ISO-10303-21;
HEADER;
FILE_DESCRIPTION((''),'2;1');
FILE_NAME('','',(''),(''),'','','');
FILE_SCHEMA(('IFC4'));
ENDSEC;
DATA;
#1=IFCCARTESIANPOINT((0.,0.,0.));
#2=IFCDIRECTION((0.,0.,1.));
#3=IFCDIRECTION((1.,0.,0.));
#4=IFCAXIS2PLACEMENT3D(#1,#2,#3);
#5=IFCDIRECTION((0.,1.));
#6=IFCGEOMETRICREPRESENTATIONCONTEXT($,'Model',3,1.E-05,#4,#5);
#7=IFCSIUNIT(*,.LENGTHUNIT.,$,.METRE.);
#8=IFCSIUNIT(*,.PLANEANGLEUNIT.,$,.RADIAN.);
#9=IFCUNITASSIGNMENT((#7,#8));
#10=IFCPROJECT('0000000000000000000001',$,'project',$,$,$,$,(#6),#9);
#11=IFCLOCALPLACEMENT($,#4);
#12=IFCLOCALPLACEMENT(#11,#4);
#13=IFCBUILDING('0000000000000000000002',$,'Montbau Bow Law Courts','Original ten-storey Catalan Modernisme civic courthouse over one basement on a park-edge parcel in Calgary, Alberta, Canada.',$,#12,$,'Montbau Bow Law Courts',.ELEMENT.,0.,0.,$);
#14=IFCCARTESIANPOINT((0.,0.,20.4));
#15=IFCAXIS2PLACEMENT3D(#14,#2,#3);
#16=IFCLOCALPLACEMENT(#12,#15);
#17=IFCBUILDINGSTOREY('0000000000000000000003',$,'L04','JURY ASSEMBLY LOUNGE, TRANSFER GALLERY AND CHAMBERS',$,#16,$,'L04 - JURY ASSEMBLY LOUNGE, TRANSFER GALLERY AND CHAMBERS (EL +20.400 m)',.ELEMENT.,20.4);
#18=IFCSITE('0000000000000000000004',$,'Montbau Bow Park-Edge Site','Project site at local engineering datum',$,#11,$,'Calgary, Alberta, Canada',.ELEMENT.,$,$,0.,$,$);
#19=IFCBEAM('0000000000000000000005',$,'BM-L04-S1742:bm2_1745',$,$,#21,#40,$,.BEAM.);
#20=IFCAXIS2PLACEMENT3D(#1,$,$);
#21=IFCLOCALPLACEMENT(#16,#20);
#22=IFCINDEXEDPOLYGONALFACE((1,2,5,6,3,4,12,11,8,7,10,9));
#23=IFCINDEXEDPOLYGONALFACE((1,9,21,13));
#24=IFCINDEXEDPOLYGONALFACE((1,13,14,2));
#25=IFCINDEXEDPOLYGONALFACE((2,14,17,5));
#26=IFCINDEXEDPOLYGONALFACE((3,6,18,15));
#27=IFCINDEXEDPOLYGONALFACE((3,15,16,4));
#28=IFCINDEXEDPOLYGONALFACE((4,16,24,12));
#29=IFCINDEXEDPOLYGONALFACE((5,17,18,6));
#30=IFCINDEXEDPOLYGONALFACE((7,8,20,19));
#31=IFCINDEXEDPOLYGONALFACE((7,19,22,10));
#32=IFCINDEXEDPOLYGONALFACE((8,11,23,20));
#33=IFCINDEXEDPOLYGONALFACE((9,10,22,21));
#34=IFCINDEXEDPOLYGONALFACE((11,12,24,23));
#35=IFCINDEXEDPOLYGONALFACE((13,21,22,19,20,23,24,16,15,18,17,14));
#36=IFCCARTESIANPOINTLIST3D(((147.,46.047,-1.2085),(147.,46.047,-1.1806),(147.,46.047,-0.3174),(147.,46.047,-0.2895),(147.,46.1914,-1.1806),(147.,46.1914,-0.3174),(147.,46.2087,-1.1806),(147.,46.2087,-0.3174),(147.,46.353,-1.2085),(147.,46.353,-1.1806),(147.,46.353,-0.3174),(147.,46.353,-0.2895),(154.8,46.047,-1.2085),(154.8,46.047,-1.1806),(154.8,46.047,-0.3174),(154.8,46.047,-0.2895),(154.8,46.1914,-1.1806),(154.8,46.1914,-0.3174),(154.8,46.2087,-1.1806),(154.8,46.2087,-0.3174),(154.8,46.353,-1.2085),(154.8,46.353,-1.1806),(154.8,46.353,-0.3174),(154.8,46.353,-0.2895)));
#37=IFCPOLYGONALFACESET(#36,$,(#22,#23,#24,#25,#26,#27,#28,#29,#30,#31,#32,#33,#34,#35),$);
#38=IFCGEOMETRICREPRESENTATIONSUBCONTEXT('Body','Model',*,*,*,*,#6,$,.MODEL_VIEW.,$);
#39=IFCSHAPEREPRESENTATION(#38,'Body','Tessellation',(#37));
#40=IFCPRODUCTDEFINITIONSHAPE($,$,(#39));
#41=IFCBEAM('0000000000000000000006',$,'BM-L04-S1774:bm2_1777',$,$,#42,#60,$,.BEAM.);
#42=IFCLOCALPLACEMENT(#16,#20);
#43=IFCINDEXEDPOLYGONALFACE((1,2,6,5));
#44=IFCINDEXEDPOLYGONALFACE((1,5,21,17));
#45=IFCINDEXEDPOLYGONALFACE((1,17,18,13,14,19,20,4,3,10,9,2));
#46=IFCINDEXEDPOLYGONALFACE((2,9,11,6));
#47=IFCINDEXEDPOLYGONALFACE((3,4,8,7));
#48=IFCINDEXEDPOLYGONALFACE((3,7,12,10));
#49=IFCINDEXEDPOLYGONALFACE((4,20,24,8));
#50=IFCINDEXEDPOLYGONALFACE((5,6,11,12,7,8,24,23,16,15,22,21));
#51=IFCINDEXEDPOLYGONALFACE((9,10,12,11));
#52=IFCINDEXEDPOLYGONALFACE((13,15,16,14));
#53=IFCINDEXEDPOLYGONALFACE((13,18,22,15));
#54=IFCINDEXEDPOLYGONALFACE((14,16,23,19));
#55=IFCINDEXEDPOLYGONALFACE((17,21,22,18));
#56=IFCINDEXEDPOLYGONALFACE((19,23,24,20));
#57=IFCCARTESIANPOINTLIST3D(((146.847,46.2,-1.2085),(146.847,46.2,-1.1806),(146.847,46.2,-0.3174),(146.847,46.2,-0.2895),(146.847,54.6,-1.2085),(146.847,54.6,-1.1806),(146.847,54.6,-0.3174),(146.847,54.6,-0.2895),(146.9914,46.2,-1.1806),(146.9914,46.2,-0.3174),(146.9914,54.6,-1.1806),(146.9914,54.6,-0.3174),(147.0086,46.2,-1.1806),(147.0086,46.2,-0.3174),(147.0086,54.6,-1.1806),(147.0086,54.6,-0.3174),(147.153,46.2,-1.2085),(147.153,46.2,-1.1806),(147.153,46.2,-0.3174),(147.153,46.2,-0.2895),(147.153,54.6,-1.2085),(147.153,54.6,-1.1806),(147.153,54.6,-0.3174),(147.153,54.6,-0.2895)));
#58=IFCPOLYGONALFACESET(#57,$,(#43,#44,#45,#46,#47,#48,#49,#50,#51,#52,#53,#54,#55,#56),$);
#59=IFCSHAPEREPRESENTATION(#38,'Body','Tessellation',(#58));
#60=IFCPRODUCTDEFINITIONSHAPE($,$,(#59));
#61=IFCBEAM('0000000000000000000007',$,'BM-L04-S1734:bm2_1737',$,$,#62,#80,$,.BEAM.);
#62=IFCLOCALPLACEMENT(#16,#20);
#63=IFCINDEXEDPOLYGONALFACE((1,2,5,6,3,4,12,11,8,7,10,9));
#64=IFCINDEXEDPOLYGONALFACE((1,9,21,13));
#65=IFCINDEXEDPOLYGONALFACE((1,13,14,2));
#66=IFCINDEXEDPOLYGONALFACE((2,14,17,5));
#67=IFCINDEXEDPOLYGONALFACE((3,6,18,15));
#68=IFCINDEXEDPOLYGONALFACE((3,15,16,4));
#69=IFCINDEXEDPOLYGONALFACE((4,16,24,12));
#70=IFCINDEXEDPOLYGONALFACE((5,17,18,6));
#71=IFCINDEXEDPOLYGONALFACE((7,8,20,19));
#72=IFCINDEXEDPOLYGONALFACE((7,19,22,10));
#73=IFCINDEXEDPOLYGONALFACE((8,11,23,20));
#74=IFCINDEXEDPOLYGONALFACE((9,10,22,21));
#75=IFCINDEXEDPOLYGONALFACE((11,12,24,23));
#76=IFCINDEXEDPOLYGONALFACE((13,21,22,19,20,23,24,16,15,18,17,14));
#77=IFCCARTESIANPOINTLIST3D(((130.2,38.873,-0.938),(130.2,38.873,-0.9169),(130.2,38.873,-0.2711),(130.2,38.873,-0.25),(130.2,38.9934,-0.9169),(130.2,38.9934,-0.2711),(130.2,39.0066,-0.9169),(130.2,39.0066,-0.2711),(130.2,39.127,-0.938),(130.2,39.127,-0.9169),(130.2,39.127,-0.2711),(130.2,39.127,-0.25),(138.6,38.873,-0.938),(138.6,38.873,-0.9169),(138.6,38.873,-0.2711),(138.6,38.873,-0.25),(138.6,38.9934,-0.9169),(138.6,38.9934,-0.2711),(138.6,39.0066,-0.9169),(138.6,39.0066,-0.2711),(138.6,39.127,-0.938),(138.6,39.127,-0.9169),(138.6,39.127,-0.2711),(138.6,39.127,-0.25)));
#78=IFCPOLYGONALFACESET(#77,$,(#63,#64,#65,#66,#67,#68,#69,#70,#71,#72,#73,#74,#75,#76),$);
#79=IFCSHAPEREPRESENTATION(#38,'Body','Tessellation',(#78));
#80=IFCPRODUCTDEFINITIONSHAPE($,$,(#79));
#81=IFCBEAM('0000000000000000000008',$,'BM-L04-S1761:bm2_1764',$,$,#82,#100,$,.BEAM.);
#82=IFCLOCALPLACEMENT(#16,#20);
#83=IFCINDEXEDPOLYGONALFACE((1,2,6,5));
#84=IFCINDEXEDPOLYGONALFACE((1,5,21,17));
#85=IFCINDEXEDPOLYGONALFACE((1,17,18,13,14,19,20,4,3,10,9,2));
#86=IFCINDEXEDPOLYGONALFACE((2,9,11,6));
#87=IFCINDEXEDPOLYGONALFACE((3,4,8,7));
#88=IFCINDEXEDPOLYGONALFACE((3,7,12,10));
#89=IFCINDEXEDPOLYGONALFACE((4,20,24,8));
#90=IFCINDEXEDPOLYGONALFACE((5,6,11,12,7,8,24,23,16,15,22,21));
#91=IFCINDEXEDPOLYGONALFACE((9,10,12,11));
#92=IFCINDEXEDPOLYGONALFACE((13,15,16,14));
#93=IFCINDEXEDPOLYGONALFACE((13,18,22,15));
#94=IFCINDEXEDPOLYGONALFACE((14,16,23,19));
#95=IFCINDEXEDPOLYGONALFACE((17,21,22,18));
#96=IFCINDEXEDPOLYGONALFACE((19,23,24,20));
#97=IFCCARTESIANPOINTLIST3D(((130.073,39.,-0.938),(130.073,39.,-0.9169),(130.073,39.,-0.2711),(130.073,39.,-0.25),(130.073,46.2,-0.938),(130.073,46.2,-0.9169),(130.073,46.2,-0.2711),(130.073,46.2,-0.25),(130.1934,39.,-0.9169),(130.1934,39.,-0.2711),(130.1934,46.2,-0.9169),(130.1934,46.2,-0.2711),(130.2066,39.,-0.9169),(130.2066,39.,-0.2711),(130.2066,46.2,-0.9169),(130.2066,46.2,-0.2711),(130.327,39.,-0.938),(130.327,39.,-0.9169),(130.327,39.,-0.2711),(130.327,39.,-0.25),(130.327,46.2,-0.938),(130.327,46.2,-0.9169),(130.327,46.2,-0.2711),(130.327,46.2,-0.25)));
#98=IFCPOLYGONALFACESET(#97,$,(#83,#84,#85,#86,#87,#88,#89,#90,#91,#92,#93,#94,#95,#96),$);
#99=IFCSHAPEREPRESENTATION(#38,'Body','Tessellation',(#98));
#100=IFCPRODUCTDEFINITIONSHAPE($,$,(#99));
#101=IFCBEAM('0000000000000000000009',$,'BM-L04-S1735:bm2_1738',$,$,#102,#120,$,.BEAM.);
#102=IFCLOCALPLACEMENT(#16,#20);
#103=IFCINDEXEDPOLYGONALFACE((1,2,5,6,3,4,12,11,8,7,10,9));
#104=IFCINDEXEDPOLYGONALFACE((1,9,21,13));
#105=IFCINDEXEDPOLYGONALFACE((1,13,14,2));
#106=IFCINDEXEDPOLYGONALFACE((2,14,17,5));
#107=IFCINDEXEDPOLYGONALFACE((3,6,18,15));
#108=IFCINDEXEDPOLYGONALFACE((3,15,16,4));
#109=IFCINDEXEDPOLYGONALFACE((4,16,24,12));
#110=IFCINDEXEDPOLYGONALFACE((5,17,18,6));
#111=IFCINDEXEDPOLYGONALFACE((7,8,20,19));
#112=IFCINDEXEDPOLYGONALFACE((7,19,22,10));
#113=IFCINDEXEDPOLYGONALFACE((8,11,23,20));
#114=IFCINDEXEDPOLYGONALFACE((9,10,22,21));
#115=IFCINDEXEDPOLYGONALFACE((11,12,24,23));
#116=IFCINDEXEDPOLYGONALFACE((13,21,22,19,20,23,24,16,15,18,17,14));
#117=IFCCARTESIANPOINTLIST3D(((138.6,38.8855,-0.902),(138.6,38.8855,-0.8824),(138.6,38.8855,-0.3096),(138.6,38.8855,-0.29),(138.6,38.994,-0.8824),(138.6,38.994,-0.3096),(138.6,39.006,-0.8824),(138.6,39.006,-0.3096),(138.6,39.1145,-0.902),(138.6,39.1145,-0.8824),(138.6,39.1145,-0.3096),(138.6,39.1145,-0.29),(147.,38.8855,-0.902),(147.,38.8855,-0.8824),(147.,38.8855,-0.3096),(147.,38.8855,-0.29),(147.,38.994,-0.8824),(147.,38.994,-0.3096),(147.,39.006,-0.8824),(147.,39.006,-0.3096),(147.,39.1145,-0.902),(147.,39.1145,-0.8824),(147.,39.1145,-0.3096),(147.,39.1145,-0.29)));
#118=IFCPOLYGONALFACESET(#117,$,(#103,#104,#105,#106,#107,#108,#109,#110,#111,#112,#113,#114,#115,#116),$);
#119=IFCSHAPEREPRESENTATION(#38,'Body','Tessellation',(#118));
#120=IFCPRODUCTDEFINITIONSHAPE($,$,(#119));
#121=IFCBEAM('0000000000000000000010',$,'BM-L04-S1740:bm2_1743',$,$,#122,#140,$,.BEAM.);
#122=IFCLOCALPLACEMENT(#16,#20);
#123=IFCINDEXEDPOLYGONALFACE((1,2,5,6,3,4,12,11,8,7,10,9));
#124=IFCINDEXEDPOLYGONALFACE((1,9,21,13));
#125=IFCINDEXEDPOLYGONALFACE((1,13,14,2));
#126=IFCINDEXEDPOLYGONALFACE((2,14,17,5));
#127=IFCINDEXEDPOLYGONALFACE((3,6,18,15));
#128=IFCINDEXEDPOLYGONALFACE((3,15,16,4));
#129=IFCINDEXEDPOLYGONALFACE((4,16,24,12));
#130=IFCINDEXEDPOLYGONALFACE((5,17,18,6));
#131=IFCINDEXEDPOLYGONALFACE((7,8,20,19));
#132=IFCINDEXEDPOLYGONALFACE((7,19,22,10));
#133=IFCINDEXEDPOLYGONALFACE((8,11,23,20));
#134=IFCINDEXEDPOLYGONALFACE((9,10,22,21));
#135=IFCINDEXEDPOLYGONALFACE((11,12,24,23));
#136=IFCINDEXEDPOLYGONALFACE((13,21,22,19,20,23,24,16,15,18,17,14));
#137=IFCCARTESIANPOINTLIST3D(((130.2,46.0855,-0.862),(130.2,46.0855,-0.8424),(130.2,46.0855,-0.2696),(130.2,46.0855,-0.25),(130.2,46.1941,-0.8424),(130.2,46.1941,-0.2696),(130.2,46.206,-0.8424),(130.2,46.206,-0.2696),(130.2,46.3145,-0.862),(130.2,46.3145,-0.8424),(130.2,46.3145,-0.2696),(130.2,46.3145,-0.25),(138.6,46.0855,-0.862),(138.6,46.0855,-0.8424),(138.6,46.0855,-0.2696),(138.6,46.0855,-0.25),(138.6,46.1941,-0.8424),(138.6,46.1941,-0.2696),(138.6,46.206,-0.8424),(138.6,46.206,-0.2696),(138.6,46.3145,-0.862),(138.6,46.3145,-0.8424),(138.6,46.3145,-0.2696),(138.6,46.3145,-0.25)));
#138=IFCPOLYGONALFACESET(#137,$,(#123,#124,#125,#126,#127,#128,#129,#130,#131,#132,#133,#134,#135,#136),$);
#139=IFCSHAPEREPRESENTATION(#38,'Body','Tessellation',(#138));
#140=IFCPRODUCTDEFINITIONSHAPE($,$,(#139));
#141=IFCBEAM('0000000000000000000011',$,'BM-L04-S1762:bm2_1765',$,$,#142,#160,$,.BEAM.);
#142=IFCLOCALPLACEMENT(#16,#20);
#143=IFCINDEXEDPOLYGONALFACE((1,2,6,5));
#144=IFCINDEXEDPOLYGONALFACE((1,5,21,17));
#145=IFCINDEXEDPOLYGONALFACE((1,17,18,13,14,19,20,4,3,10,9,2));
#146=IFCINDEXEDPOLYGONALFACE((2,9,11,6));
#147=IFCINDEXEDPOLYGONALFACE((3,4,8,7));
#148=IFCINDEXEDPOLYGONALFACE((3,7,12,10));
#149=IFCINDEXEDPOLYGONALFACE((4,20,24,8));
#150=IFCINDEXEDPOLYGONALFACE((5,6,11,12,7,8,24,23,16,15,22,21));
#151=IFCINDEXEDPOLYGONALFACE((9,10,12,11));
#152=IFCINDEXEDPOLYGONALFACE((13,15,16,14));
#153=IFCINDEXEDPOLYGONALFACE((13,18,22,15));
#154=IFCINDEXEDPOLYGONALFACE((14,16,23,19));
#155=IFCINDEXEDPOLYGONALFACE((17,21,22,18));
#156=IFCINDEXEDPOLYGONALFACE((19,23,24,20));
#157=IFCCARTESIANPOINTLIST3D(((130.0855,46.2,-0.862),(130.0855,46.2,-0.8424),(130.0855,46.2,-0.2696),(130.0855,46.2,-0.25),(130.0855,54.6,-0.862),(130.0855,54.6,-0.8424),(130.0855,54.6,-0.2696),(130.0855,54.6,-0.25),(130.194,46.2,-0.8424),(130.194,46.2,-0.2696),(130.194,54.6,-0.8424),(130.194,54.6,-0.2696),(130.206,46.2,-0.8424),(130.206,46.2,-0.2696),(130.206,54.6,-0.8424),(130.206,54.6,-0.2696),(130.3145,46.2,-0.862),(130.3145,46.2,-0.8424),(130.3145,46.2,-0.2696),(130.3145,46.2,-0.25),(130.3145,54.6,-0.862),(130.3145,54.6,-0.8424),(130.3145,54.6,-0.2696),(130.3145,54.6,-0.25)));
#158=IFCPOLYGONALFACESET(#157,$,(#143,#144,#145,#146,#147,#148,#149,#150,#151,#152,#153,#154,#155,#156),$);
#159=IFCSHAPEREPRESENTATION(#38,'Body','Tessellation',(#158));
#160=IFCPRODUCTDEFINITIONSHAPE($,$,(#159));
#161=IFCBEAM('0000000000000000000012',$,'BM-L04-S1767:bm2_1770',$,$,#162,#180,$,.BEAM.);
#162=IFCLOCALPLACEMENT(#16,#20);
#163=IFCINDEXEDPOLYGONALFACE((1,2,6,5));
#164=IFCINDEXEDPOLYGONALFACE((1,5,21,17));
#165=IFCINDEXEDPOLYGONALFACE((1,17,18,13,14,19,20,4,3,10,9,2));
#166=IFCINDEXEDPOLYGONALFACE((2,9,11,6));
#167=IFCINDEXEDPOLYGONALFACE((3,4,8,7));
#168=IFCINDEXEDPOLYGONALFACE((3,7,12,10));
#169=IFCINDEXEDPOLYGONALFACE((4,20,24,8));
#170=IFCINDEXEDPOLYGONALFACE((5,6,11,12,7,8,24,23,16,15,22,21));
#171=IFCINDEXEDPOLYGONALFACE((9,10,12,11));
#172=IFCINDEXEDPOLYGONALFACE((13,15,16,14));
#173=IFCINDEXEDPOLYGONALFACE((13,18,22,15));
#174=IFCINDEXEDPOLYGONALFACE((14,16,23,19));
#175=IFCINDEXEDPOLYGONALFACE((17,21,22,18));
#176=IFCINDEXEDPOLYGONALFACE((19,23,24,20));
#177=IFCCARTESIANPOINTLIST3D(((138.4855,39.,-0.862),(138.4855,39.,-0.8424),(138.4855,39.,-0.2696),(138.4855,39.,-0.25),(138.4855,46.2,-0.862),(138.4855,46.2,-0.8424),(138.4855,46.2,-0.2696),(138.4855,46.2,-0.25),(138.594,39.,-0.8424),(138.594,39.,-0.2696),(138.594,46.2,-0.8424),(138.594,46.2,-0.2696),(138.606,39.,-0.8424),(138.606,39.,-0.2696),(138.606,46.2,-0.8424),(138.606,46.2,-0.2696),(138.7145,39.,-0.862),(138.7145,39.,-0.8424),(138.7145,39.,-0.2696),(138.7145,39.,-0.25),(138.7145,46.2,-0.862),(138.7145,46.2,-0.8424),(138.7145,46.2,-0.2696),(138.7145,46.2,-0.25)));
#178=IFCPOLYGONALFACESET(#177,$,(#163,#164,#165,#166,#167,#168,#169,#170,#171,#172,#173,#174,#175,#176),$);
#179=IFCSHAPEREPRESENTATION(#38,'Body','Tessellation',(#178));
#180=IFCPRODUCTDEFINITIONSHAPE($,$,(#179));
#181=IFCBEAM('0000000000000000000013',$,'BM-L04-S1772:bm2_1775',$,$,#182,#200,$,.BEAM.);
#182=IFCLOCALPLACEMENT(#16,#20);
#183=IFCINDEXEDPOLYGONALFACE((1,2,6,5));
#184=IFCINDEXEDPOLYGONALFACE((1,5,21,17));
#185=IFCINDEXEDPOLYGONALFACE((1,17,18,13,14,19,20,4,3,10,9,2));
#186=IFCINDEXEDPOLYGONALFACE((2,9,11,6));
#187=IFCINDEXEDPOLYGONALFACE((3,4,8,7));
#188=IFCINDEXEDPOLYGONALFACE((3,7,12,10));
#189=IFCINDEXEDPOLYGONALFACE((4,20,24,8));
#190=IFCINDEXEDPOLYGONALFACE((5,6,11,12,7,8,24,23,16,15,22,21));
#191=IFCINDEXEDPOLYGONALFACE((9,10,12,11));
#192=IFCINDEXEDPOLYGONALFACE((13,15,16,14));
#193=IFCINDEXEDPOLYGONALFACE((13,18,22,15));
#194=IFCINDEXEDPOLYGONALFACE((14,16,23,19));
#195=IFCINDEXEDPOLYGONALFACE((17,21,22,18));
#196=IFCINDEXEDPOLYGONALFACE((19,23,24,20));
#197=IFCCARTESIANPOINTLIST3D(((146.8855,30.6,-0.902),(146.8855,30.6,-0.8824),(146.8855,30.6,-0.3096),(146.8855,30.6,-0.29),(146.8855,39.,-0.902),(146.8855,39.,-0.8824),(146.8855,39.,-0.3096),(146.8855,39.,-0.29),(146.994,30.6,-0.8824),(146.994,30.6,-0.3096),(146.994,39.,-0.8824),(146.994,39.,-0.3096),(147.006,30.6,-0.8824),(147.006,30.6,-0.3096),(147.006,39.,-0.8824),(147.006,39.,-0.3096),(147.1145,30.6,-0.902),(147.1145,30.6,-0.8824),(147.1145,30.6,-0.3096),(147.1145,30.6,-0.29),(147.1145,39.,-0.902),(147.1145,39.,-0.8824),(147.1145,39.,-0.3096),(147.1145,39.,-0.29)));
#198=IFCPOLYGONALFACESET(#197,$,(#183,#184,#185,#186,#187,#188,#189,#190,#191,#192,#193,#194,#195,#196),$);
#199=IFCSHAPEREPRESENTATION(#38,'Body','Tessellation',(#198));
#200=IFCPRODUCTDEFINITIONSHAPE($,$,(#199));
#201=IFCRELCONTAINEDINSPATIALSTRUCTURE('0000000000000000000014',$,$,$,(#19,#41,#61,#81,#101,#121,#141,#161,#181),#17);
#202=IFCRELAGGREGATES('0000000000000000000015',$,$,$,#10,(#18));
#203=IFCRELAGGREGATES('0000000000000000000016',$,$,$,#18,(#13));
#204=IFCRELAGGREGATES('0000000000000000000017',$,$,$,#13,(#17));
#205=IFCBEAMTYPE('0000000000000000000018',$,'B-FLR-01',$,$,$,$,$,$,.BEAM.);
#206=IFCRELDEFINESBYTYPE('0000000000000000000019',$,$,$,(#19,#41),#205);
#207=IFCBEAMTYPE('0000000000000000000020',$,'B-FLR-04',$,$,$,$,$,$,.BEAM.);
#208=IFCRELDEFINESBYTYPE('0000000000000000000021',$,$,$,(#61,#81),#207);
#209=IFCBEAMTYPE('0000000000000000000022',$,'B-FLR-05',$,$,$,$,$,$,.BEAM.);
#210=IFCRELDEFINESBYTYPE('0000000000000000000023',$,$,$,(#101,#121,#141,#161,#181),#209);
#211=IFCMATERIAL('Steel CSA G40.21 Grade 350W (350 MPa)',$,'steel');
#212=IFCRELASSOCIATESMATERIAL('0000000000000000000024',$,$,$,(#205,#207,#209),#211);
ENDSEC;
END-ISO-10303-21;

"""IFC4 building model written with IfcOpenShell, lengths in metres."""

from ifc_helpers import new_model, si_unit, direction, frame, origin_with_axes, origin_2d_with_axis, place, context, subcontext, project, spatial, i_section, extrude, material, material_profile, profile_set, type_object, element, save


model = new_model("IFC4")

# Units and contexts
model_context = context("Model", 3, precision=1e-05, world=origin_with_axes(), true_north=direction((0.0, 1.0)))
body_context = subcontext(model_context, "Body", "Model", "MODEL_VIEW")
ifc_project = project(units=[si_unit("LENGTHUNIT", "METRE"), si_unit("PLANEANGLEUNIT", "RADIAN")], contexts=[model_context])

# Site, building, storey
site_placement = place(None, origin_with_axes())
site = spatial("IfcSite", under=ifc_project, at=site_placement, Name="Montbau Bow Park-Edge Site", Description="Project site at local engineering datum", LongName="Calgary, Alberta, Canada", CompositionType="ELEMENT", RefElevation=0.0)
building_placement = place(site_placement, origin_with_axes())
building = spatial("IfcBuilding", under=site, at=building_placement, Name="Montbau Bow Law Courts", Description="Original ten-storey Catalan Modernisme civic courthouse over one basement on a park-edge parcel in Calgary, Alberta, Canada.", LongName="Montbau Bow Law Courts", CompositionType="ELEMENT", ElevationOfRefHeight=0.0, ElevationOfTerrain=0.0)
storey_placement = place(building_placement, frame((0.0, 0.0, 20.4), z_axis=(0.0, 0.0, 1.0), x_axis=(1.0, 0.0, 0.0)))
storey = spatial("IfcBuildingStorey", under=building, at=storey_placement, Name="L04", Description="JURY ASSEMBLY LOUNGE, TRANSFER GALLERY AND CHAMBERS", LongName="L04 - JURY ASSEMBLY LOUNGE, TRANSFER GALLERY AND CHAMBERS (EL +20.400 m)", CompositionType="ELEMENT", Elevation=20.4)

# Beams
ifc_material_1 = material(Name="Steel CSA G40.21 Grade 350W (350 MPa)", Category="steel")
ifc_material_profile_1 = material_profile(ifc_material_1, i_section(OverallWidth=0.306, OverallDepth=0.919, WebThickness=0.0173, FlangeThickness=0.0279, at=origin_2d_with_axis()), Name="W920X253", Category="Main", Priority=0)
ifc_profile_set_1 = profile_set([ifc_material_profile_1], Name="Steel CSA G40.21 Grade 350W (350 MPa)")
beam_type_1 = type_object("IfcBeamType", Name="B-FLR-01", PredefinedType="BEAM", material=ifc_profile_set_1)
beam_1_placement = place(None, frame((147.0, 46.2, 19.651), z_axis=(1.0, 0.0, 0.0), x_axis=(0.0, 1.0, 0.0)))
element("IfcBeam", 1, at=beam_1_placement, inside=storey, type_object=beam_type_1, Name="BM-L04-S1742:bm2_1745", PredefinedType="BEAM", context=body_context, shape_type="SweptSolid", body=[
    extrude(i_section(OverallWidth=0.306, OverallDepth=0.919, WebThickness=0.0173, FlangeThickness=0.0279, at=origin_2d_with_axis()), origin_with_axes(), (0.0, 0.0, 1.0), 7.8),
])
beam_2_placement = place(None, frame((147.0, 46.2, 19.651), z_axis=(0.0, 1.0, 0.0), x_axis=(-1.0, 0.0, 0.0)))
element("IfcBeam", 2, at=beam_2_placement, inside=storey, type_object=beam_type_1, Name="BM-L04-S1774:bm2_1777", PredefinedType="BEAM", context=body_context, shape_type="SweptSolid", body=[
    extrude(i_section(OverallWidth=0.306, OverallDepth=0.919, WebThickness=0.0173, FlangeThickness=0.0279, at=origin_2d_with_axis()), origin_with_axes(), (0.0, 0.0, 1.0), 8.4),
])
ifc_material_profile_2 = material_profile(ifc_material_1, i_section(OverallWidth=0.254, OverallDepth=0.688, WebThickness=0.0131, FlangeThickness=0.0211, at=origin_2d_with_axis()), Name="W690X152", Category="Main", Priority=0)
ifc_profile_set_2 = profile_set([ifc_material_profile_2], Name="Steel CSA G40.21 Grade 350W (350 MPa)")
beam_type_2 = type_object("IfcBeamType", Name="B-FLR-04", PredefinedType="BEAM", material=ifc_profile_set_2)
beam_3_placement = place(None, frame((130.2, 39.0, 19.806), z_axis=(1.0, 0.0, 0.0), x_axis=(0.0, 1.0, 0.0)))
element("IfcBeam", 3, at=beam_3_placement, inside=storey, type_object=beam_type_2, Name="BM-L04-S1734:bm2_1737", PredefinedType="BEAM", context=body_context, shape_type="SweptSolid", body=[
    extrude(i_section(OverallWidth=0.254, OverallDepth=0.688, WebThickness=0.0131, FlangeThickness=0.0211, at=origin_2d_with_axis()), origin_with_axes(), (0.0, 0.0, 1.0), 8.4),
])
beam_4_placement = place(None, frame((130.2, 39.0, 19.806), z_axis=(0.0, 1.0, 0.0), x_axis=(-1.0, 0.0, 0.0)))
element("IfcBeam", 4, at=beam_4_placement, inside=storey, type_object=beam_type_2, Name="BM-L04-S1761:bm2_1764", PredefinedType="BEAM", context=body_context, shape_type="SweptSolid", body=[
    extrude(i_section(OverallWidth=0.254, OverallDepth=0.688, WebThickness=0.0131, FlangeThickness=0.0211, at=origin_2d_with_axis()), origin_with_axes(), (0.0, 0.0, 1.0), 7.2),
])
ifc_material_profile_3 = material_profile(ifc_material_1, i_section(OverallWidth=0.229, OverallDepth=0.612, WebThickness=0.0119, FlangeThickness=0.0196, at=origin_2d_with_axis()), Name="W610X125", Category="Main", Priority=0)
ifc_profile_set_3 = profile_set([ifc_material_profile_3], Name="Steel CSA G40.21 Grade 350W (350 MPa)")
beam_type_3 = type_object("IfcBeamType", Name="B-FLR-05", PredefinedType="BEAM", material=ifc_profile_set_3)
for number, where, z_axis, x_axis, name in (
    (5, (138.6, 39.0, 19.804), (1.0, 0.0, 0.0), (0.0, 1.0, 0.0), "BM-L04-S1735:bm2_1738"),
    (6, (130.2, 46.2, 19.844), (1.0, 0.0, 0.0), (0.0, 1.0, 0.0), "BM-L04-S1740:bm2_1743"),
    (7, (130.2, 46.2, 19.844), (0.0, 1.0, 0.0), (-1.0, 0.0, 0.0), "BM-L04-S1762:bm2_1765"),
):
    element("IfcBeam", number, at=place(None, frame(where, z_axis=z_axis, x_axis=x_axis)), inside=storey, type_object=beam_type_3, Name=name, PredefinedType="BEAM", context=body_context, shape_type="SweptSolid", body=[
        extrude(i_section(OverallWidth=0.229, OverallDepth=0.612, WebThickness=0.0119, FlangeThickness=0.0196, at=origin_2d_with_axis()), origin_with_axes(), (0.0, 0.0, 1.0), 8.4),
    ])
beam_5_placement = place(None, frame((138.6, 39.0, 19.844), z_axis=(0.0, 1.0, 0.0), x_axis=(-1.0, 0.0, 0.0)))
element("IfcBeam", 8, at=beam_5_placement, inside=storey, type_object=beam_type_3, Name="BM-L04-S1767:bm2_1770", PredefinedType="BEAM", context=body_context, shape_type="SweptSolid", body=[
    extrude(i_section(OverallWidth=0.229, OverallDepth=0.612, WebThickness=0.0119, FlangeThickness=0.0196, at=origin_2d_with_axis()), origin_with_axes(), (0.0, 0.0, 1.0), 7.2),
])
beam_6_placement = place(None, frame((147.0, 30.6, 19.804), z_axis=(0.0, 1.0, 0.0), x_axis=(-1.0, 0.0, 0.0)))
element("IfcBeam", 9, at=beam_6_placement, inside=storey, type_object=beam_type_3, Name="BM-L04-S1772:bm2_1775", PredefinedType="BEAM", context=body_context, shape_type="SweptSolid", body=[
    extrude(i_section(OverallWidth=0.229, OverallDepth=0.612, WebThickness=0.0119, FlangeThickness=0.0196, at=origin_2d_with_axis()), origin_with_axes(), (0.0, 0.0, 1.0), 8.4),
])

save(model, "model.ifc")
